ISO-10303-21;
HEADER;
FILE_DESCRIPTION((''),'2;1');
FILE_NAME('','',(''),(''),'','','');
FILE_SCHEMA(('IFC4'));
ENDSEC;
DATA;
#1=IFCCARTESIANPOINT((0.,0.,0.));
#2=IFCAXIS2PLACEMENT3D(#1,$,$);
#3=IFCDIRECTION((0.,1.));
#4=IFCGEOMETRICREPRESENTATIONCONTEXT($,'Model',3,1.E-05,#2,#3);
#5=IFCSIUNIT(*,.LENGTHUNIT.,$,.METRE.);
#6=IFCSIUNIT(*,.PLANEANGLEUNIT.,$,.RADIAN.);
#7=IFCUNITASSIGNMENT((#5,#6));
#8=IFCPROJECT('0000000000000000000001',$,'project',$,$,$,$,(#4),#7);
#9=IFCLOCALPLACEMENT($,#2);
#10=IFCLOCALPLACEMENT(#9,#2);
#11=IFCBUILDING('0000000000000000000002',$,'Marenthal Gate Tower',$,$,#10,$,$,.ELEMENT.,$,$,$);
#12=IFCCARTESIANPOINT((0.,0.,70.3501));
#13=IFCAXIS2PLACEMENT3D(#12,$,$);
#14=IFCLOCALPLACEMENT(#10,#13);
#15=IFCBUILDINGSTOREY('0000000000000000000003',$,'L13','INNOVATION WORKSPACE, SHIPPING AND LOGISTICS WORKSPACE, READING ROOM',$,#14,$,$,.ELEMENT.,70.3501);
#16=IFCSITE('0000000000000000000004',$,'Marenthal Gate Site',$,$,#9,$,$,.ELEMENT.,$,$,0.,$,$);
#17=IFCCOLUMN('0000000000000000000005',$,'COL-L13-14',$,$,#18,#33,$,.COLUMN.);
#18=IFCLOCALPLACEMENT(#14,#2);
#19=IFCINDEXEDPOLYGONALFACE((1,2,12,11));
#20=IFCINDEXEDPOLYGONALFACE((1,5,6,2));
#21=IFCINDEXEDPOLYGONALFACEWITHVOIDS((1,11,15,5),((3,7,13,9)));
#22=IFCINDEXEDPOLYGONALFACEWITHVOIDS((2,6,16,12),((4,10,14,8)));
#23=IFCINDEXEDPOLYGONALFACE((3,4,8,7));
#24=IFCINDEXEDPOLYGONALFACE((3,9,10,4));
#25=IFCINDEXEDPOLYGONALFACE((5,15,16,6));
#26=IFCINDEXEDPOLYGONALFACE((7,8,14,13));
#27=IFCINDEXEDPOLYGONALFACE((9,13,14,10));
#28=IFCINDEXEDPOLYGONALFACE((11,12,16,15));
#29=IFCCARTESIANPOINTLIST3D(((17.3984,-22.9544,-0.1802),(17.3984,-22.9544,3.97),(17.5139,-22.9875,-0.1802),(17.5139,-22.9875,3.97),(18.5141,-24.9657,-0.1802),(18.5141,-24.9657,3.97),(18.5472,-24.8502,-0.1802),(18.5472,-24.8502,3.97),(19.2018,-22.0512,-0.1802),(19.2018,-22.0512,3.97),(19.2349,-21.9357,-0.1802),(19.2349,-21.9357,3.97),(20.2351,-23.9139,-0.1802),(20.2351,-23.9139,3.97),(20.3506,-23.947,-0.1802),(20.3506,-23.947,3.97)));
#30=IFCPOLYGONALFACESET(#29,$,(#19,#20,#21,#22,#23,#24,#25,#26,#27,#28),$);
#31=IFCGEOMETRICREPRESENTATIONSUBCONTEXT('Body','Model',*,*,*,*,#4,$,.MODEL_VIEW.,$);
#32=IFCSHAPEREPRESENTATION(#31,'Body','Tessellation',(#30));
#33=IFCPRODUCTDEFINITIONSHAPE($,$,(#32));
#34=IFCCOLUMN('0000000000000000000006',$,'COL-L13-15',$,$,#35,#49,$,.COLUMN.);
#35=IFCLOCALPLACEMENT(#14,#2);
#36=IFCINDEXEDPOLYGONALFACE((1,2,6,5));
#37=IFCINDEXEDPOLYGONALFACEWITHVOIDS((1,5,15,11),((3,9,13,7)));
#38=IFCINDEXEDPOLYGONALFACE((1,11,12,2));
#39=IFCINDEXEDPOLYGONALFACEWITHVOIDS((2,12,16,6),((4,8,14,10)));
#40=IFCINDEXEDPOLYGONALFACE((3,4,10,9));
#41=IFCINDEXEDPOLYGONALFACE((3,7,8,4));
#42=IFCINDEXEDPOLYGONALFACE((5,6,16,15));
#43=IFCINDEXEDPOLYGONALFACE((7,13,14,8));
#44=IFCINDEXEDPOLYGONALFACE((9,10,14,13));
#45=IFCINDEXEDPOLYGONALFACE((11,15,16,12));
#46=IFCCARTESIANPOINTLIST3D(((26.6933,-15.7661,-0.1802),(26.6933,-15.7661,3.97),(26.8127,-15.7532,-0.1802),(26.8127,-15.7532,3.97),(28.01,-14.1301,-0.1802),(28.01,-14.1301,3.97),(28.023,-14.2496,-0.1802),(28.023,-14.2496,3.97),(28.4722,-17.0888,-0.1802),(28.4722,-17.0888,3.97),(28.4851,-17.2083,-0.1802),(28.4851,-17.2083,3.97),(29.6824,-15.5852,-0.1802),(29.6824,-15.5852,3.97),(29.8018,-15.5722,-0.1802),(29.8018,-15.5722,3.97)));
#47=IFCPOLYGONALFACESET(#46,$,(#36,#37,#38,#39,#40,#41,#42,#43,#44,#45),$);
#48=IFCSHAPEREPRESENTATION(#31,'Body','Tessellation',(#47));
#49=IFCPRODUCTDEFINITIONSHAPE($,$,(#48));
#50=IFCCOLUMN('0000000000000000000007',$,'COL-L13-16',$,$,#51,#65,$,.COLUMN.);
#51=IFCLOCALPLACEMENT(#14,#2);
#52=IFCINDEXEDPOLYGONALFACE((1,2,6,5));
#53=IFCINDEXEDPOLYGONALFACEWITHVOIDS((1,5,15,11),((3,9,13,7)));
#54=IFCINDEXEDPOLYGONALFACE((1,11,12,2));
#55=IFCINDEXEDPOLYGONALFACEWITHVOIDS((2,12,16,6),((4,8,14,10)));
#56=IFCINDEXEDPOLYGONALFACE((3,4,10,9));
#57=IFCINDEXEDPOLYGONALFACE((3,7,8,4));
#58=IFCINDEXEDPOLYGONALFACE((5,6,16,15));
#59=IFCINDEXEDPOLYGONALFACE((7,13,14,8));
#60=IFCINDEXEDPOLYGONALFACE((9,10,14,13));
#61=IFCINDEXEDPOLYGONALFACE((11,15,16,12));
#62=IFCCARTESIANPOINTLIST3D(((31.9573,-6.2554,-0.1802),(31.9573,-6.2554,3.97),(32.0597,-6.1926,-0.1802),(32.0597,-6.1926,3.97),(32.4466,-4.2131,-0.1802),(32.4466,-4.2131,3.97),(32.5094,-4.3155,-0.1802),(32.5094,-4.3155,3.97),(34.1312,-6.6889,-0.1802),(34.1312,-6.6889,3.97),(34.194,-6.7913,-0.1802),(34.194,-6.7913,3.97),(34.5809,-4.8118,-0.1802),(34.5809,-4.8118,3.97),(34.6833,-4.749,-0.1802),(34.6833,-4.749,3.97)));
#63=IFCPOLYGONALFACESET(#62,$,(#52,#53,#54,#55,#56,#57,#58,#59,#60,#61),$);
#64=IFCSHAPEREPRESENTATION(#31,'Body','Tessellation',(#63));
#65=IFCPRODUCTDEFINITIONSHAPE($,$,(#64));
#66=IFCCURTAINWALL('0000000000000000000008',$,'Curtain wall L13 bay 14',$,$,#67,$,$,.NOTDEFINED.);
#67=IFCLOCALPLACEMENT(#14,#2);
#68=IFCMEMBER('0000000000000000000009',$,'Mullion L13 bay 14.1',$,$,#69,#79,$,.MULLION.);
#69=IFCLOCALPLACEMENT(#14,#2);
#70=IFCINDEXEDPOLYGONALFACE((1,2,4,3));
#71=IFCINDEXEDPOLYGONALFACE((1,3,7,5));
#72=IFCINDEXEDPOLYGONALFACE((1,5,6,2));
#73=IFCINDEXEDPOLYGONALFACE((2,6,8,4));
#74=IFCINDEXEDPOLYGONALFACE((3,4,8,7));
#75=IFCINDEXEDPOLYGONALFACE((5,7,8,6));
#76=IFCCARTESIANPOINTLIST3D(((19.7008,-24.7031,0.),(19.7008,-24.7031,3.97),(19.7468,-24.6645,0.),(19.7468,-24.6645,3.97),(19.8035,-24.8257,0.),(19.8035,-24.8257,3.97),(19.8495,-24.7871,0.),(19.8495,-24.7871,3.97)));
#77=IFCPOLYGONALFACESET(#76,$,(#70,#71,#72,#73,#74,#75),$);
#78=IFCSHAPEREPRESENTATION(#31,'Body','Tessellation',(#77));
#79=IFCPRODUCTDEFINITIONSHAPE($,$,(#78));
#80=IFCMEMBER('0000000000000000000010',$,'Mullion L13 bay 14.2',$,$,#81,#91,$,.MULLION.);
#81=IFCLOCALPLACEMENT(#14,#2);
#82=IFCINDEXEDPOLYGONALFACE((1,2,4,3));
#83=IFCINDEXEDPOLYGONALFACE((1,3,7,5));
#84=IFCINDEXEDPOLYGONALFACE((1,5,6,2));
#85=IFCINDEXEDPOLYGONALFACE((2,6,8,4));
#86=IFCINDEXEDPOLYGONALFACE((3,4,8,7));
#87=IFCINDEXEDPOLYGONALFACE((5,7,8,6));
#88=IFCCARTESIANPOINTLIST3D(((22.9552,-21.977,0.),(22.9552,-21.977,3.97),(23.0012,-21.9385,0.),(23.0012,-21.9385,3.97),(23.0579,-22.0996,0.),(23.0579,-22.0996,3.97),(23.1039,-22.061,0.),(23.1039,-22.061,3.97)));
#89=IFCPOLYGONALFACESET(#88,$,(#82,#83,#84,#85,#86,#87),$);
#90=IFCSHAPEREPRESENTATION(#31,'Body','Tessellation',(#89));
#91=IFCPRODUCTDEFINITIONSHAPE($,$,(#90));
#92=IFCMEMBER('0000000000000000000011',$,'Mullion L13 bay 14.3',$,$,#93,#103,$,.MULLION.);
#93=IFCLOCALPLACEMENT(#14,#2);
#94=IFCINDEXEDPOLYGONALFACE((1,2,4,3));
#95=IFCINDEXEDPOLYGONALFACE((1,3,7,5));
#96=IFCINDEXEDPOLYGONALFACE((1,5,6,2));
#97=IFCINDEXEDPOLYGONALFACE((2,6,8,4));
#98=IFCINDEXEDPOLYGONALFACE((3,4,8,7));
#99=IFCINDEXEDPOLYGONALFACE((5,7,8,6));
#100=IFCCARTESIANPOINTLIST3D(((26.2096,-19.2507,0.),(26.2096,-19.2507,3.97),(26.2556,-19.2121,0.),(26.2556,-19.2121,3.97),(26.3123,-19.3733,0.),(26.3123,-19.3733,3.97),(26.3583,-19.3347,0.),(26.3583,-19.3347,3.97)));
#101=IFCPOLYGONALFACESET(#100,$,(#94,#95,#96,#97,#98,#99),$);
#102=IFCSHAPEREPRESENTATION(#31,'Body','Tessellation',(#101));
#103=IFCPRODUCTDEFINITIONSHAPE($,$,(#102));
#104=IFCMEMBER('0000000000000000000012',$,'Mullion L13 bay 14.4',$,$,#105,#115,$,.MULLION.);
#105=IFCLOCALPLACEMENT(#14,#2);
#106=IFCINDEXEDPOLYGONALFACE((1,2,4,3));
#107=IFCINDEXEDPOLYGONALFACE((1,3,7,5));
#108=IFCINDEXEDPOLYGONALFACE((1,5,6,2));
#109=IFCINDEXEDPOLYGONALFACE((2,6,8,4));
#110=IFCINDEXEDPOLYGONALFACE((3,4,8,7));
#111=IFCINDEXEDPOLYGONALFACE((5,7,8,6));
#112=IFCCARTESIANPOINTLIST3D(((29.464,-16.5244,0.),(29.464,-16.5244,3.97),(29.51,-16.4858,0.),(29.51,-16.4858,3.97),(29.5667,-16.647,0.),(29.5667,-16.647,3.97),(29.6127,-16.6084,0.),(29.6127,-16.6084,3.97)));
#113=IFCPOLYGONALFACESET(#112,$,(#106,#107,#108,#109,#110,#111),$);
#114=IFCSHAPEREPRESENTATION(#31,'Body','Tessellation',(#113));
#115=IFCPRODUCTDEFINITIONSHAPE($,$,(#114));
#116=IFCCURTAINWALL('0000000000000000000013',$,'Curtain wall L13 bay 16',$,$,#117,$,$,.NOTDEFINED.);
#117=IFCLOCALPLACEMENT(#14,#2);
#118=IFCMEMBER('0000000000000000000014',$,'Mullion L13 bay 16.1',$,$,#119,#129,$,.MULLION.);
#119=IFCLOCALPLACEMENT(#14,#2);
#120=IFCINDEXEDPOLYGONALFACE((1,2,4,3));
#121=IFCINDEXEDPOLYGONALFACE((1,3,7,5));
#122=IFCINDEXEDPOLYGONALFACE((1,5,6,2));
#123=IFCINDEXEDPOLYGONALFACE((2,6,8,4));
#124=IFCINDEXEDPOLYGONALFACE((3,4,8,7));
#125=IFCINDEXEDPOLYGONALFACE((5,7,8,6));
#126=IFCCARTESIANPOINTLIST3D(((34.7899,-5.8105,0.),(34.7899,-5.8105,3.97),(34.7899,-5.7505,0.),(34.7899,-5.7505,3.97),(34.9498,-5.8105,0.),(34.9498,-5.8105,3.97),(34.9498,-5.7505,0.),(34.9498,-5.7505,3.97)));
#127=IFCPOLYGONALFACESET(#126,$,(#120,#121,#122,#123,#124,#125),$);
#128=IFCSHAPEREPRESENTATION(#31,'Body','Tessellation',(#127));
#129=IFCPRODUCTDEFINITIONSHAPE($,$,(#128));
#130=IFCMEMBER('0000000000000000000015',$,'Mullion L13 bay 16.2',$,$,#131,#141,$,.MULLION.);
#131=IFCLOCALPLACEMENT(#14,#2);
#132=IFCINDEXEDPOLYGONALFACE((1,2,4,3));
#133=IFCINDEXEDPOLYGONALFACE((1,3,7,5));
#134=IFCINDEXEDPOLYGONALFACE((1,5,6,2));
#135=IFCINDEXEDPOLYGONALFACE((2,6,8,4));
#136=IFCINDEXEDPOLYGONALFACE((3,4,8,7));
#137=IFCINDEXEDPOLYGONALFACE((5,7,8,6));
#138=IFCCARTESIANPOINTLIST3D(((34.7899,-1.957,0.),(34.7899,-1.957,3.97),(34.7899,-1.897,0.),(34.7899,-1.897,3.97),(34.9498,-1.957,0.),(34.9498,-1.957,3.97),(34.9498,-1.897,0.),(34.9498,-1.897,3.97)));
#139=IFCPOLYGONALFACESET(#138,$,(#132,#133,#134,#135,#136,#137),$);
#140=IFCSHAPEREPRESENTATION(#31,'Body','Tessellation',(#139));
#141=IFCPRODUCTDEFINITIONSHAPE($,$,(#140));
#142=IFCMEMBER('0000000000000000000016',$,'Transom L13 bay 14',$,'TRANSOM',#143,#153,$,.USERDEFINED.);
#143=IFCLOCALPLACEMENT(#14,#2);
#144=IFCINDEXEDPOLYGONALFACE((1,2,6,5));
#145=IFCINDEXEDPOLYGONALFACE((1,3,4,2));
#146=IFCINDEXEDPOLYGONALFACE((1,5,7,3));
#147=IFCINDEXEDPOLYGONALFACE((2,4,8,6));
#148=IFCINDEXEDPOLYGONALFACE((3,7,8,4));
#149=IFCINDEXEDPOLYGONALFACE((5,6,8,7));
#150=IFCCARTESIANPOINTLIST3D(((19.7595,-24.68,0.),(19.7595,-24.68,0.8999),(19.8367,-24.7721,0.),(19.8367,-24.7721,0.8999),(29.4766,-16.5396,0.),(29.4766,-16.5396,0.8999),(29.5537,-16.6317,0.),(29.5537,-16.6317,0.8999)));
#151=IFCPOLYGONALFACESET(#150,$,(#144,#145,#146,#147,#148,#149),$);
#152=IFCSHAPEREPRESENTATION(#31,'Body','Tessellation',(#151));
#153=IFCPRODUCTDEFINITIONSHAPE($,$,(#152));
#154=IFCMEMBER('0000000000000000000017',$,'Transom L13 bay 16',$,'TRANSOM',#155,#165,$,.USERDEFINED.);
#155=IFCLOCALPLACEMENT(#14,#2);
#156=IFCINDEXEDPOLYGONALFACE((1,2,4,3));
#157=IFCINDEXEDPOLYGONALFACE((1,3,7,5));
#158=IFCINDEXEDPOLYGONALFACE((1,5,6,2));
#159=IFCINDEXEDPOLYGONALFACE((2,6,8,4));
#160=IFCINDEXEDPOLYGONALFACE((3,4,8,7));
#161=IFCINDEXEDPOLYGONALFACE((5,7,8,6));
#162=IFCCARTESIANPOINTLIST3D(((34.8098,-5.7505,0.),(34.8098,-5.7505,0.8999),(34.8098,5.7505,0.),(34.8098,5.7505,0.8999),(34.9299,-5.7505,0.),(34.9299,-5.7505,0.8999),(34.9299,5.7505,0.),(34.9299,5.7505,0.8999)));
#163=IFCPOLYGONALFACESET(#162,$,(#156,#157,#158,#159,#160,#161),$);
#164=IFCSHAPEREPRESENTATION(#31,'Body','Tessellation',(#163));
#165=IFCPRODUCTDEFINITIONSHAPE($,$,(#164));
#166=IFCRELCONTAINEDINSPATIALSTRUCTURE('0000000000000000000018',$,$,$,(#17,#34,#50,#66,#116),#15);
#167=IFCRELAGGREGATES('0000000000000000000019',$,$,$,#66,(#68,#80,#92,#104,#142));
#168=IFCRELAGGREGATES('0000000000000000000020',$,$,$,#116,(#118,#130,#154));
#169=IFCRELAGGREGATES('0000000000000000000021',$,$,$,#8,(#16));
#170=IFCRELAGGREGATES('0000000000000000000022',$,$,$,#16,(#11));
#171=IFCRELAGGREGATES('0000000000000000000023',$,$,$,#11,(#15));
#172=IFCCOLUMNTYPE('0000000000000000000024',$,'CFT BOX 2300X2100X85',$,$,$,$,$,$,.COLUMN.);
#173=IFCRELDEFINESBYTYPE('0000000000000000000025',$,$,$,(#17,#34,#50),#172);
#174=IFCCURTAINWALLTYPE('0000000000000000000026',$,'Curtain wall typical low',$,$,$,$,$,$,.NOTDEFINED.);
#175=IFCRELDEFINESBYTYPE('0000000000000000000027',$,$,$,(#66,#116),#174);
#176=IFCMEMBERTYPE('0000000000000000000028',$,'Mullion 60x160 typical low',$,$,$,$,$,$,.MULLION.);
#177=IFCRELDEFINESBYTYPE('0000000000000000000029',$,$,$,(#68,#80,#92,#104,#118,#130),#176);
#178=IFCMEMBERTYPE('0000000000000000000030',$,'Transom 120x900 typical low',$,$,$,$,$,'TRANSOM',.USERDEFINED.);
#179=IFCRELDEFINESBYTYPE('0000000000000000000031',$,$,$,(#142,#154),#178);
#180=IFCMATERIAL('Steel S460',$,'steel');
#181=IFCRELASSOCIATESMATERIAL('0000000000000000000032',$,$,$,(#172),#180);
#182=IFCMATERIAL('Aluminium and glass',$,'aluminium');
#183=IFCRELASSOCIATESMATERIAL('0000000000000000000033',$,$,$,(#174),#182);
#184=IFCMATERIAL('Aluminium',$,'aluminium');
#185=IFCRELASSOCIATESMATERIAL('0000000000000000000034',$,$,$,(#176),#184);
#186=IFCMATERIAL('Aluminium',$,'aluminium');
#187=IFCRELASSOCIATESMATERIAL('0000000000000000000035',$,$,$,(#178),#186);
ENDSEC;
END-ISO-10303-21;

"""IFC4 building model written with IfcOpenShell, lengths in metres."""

from ifc_helpers import new_model, si_unit, direction, frame, origin, origin_2d, place, context, subcontext, project, spatial, rectangle, hollow_rectangle, extrude, material, material_profile, profile_set, type_object, element, aggregate, save


model = new_model("IFC4")

# Units and contexts
model_context = context("Model", 3, precision=1e-05, world=origin(), true_north=direction((0.0, 1.0)))
body_context = subcontext(model_context, "Body", "Model", "MODEL_VIEW")
ifc_project = project(units=[si_unit("LENGTHUNIT", "METRE"), si_unit("PLANEANGLEUNIT", "RADIAN")], contexts=[model_context])

# Site, building, storey
site_placement = place(None, origin())
site = spatial("IfcSite", under=ifc_project, at=site_placement, Name="Marenthal Gate Site", CompositionType="ELEMENT", RefElevation=0.0)
building_placement = place(site_placement, origin())
building = spatial("IfcBuilding", under=site, at=building_placement, Name="Marenthal Gate Tower", CompositionType="ELEMENT")
storey_placement = place(building_placement, frame((0.0, 0.0, 70.3501)))
storey = spatial("IfcBuildingStorey", under=building, at=storey_placement, Name="L13", Description="INNOVATION WORKSPACE, SHIPPING AND LOGISTICS WORKSPACE, READING ROOM", CompositionType="ELEMENT", Elevation=70.3501)

# Columns
ifc_material_1 = material(Name="Steel S460", Category="steel")
ifc_material_profile_1 = material_profile(ifc_material_1, hollow_rectangle(XDim=2.1001, YDim=2.3, WallThickness=0.085, at=origin_2d()), Name="CFT BOX 2300X2100X85")
ifc_material_2 = material(Name="Concrete 70 MPa", Category="concrete")
ifc_material_profile_2 = material_profile(ifc_material_2, rectangle(XDim=1.9299, YDim=2.1299, at=origin_2d()), Name="CFT BOX 2300X2100X85 INFILL")
ifc_profile_set_1 = profile_set([ifc_material_profile_1, ifc_material_profile_2], Name="Steel S460 shell, Concrete 70 MPa infill")
column_type = type_object("IfcColumnType", Name="CFT BOX 2300X2100X85", PredefinedType="COLUMN", material=ifc_profile_set_1)
for number, where, z_axis, x_axis, name in (
    (1, (18.8745, -23.4507, -0.1802), (0.0, 0.0, 1.0), (-0.874469, -0.485081, 0.0), "COL-L13-14"),
    (2, (28.2476, -15.6692, -0.1802), (0.0, 0.0, 1.0), (-0.626997, -0.779022, 0.0), "COL-L13-15"),
    (3, (33.3203, -5.5022, -0.1802), (0.0, 0.0, 1.0), (-0.233004, -0.972476, 0.0), "COL-L13-16"),
):
    element("IfcColumn", number, at=place(storey_placement, frame(where, z_axis=z_axis, x_axis=x_axis)), inside=storey, type_object=column_type, Name=name, PredefinedType="COLUMN", context=body_context, shape_type="SweptSolid", body=[
        extrude(hollow_rectangle(XDim=2.1001, YDim=2.3, WallThickness=0.085, at=origin_2d()), origin(), (0.0, 0.0, 1.0), 4.1501),
    ])

# Curtain walls, members
ifc_material_3 = material(Name="Aluminium and glass", Category="aluminium")
curtain_wall_type = type_object("IfcCurtainWallType", Name="Curtain wall typical low", PredefinedType="NOTDEFINED", material=ifc_material_3)
curtain_wall_1_placement = place(storey_placement, origin())
curtain_wall_1 = element("IfcCurtainWall", 4, at=curtain_wall_1_placement, inside=storey, type_object=curtain_wall_type, Name="Curtain wall L13 bay 14", PredefinedType="NOTDEFINED")
ifc_material_4 = material(Name="Aluminium", Category="aluminium")
ifc_material_profile_3 = material_profile(ifc_material_4, rectangle(XDim=0.1599, YDim=0.0601, at=origin_2d()), Name="60x160 aluminium mullion")
ifc_profile_set_2 = profile_set([ifc_material_profile_3], Name="Aluminium")
member_type_1 = type_object("IfcMemberType", Name="Mullion 60x160 typical low", PredefinedType="MULLION", material=ifc_profile_set_2)
member_1_placement = place(storey_placement, frame((19.7751, -24.7451, 0.0), z_axis=(0.0, 0.0, 1.0), x_axis=(-0.642176, 0.766557, 0.0)))
member_1 = element("IfcMember", 5, at=member_1_placement, type_object=member_type_1, Name="Mullion L13 bay 14.1", PredefinedType="MULLION", context=body_context, shape_type="SweptSolid", body=[
    extrude(rectangle(XDim=0.1599, YDim=0.0601, at=origin_2d()), origin(), (0.0, 0.0, 1.0), 3.97),
])
member_2_placement = place(storey_placement, frame((23.0295, -22.019, 0.0), z_axis=(0.0, 0.0, 1.0), x_axis=(-0.642176, 0.766557, 0.0)))
member_2 = element("IfcMember", 6, at=member_2_placement, type_object=member_type_1, Name="Mullion L13 bay 14.2", PredefinedType="MULLION", context=body_context, shape_type="SweptSolid", body=[
    extrude(rectangle(XDim=0.1599, YDim=0.0601, at=origin_2d()), origin(), (0.0, 0.0, 1.0), 3.97),
])
member_3_placement = place(storey_placement, frame((26.2839, -19.2927, 0.0), z_axis=(0.0, 0.0, 1.0), x_axis=(-0.642176, 0.766557, 0.0)))
member_3 = element("IfcMember", 7, at=member_3_placement, type_object=member_type_1, Name="Mullion L13 bay 14.3", PredefinedType="MULLION", context=body_context, shape_type="SweptSolid", body=[
    extrude(rectangle(XDim=0.1599, YDim=0.0601, at=origin_2d()), origin(), (0.0, 0.0, 1.0), 3.97),
])
member_4_placement = place(storey_placement, frame((29.5383, -16.5664, 0.0), z_axis=(0.0, 0.0, 1.0), x_axis=(-0.642176, 0.766557, 0.0)))
member_4 = element("IfcMember", 8, at=member_4_placement, type_object=member_type_1, Name="Mullion L13 bay 14.4", PredefinedType="MULLION", context=body_context, shape_type="SweptSolid", body=[
    extrude(rectangle(XDim=0.1599, YDim=0.0601, at=origin_2d()), origin(), (0.0, 0.0, 1.0), 3.97),
])
curtain_wall_2_placement = place(storey_placement, origin())
curtain_wall_2 = element("IfcCurtainWall", 9, at=curtain_wall_2_placement, inside=storey, type_object=curtain_wall_type, Name="Curtain wall L13 bay 16", PredefinedType="NOTDEFINED")
member_5_placement = place(storey_placement, frame((34.8699, -5.7805, 0.0), z_axis=(0.0, 0.0, 1.0), x_axis=(-1.0, 0.0, 0.0)))
member_5 = element("IfcMember", 10, at=member_5_placement, type_object=member_type_1, Name="Mullion L13 bay 16.1", PredefinedType="MULLION", context=body_context, shape_type="SweptSolid", body=[
    extrude(rectangle(XDim=0.1599, YDim=0.0601, at=origin_2d()), origin(), (0.0, 0.0, 1.0), 3.97),
])
member_6_placement = place(storey_placement, frame((34.8699, -1.927, 0.0), z_axis=(0.0, 0.0, 1.0), x_axis=(-1.0, 0.0, 0.0)))
member_6 = element("IfcMember", 11, at=member_6_placement, type_object=member_type_1, Name="Mullion L13 bay 16.2", PredefinedType="MULLION", context=body_context, shape_type="SweptSolid", body=[
    extrude(rectangle(XDim=0.1599, YDim=0.0601, at=origin_2d()), origin(), (0.0, 0.0, 1.0), 3.97),
])

# Members
ifc_material_5 = material(Name="Aluminium", Category="aluminium")
ifc_material_profile_4 = material_profile(ifc_material_5, rectangle(XDim=0.1201, YDim=0.8999, at=origin_2d()), Name="120x900 aluminium transom")
ifc_profile_set_3 = profile_set([ifc_material_profile_4], Name="Aluminium")
member_type_2 = type_object("IfcMemberType", Name="Transom 120x900 typical low", ElementType="TRANSOM", PredefinedType="USERDEFINED", material=ifc_profile_set_3)
member_7_placement = place(storey_placement, frame((19.7981, -24.7261, 0.45), z_axis=(0.766556, 0.642177, 0.0), x_axis=(-0.642177, 0.766556, 0.0)))
member_7 = element("IfcMember", 12, at=member_7_placement, type_object=member_type_2, Name="Transom L13 bay 14", ObjectType="TRANSOM", PredefinedType="USERDEFINED", context=body_context, shape_type="SweptSolid", body=[
    extrude(rectangle(XDim=0.1201, YDim=0.8999, at=origin_2d()), origin(), (0.0, 0.0, 1.0), 12.6763),
])
member_8_placement = place(storey_placement, frame((34.8699, -5.7505, 0.45), z_axis=(0.0, 1.0, 0.0), x_axis=(-1.0, 0.0, 0.0)))
member_8 = element("IfcMember", 13, at=member_8_placement, type_object=member_type_2, Name="Transom L13 bay 16", ObjectType="TRANSOM", PredefinedType="USERDEFINED", context=body_context, shape_type="SweptSolid", body=[
    extrude(rectangle(XDim=0.1201, YDim=0.8999, at=origin_2d()), origin(), (0.0, 0.0, 1.0), 11.501),
])

aggregate(curtain_wall_1, [member_1, member_2, member_3, member_4, member_7])
aggregate(curtain_wall_2, [member_5, member_6, member_8])

save(model, "model.ifc")
